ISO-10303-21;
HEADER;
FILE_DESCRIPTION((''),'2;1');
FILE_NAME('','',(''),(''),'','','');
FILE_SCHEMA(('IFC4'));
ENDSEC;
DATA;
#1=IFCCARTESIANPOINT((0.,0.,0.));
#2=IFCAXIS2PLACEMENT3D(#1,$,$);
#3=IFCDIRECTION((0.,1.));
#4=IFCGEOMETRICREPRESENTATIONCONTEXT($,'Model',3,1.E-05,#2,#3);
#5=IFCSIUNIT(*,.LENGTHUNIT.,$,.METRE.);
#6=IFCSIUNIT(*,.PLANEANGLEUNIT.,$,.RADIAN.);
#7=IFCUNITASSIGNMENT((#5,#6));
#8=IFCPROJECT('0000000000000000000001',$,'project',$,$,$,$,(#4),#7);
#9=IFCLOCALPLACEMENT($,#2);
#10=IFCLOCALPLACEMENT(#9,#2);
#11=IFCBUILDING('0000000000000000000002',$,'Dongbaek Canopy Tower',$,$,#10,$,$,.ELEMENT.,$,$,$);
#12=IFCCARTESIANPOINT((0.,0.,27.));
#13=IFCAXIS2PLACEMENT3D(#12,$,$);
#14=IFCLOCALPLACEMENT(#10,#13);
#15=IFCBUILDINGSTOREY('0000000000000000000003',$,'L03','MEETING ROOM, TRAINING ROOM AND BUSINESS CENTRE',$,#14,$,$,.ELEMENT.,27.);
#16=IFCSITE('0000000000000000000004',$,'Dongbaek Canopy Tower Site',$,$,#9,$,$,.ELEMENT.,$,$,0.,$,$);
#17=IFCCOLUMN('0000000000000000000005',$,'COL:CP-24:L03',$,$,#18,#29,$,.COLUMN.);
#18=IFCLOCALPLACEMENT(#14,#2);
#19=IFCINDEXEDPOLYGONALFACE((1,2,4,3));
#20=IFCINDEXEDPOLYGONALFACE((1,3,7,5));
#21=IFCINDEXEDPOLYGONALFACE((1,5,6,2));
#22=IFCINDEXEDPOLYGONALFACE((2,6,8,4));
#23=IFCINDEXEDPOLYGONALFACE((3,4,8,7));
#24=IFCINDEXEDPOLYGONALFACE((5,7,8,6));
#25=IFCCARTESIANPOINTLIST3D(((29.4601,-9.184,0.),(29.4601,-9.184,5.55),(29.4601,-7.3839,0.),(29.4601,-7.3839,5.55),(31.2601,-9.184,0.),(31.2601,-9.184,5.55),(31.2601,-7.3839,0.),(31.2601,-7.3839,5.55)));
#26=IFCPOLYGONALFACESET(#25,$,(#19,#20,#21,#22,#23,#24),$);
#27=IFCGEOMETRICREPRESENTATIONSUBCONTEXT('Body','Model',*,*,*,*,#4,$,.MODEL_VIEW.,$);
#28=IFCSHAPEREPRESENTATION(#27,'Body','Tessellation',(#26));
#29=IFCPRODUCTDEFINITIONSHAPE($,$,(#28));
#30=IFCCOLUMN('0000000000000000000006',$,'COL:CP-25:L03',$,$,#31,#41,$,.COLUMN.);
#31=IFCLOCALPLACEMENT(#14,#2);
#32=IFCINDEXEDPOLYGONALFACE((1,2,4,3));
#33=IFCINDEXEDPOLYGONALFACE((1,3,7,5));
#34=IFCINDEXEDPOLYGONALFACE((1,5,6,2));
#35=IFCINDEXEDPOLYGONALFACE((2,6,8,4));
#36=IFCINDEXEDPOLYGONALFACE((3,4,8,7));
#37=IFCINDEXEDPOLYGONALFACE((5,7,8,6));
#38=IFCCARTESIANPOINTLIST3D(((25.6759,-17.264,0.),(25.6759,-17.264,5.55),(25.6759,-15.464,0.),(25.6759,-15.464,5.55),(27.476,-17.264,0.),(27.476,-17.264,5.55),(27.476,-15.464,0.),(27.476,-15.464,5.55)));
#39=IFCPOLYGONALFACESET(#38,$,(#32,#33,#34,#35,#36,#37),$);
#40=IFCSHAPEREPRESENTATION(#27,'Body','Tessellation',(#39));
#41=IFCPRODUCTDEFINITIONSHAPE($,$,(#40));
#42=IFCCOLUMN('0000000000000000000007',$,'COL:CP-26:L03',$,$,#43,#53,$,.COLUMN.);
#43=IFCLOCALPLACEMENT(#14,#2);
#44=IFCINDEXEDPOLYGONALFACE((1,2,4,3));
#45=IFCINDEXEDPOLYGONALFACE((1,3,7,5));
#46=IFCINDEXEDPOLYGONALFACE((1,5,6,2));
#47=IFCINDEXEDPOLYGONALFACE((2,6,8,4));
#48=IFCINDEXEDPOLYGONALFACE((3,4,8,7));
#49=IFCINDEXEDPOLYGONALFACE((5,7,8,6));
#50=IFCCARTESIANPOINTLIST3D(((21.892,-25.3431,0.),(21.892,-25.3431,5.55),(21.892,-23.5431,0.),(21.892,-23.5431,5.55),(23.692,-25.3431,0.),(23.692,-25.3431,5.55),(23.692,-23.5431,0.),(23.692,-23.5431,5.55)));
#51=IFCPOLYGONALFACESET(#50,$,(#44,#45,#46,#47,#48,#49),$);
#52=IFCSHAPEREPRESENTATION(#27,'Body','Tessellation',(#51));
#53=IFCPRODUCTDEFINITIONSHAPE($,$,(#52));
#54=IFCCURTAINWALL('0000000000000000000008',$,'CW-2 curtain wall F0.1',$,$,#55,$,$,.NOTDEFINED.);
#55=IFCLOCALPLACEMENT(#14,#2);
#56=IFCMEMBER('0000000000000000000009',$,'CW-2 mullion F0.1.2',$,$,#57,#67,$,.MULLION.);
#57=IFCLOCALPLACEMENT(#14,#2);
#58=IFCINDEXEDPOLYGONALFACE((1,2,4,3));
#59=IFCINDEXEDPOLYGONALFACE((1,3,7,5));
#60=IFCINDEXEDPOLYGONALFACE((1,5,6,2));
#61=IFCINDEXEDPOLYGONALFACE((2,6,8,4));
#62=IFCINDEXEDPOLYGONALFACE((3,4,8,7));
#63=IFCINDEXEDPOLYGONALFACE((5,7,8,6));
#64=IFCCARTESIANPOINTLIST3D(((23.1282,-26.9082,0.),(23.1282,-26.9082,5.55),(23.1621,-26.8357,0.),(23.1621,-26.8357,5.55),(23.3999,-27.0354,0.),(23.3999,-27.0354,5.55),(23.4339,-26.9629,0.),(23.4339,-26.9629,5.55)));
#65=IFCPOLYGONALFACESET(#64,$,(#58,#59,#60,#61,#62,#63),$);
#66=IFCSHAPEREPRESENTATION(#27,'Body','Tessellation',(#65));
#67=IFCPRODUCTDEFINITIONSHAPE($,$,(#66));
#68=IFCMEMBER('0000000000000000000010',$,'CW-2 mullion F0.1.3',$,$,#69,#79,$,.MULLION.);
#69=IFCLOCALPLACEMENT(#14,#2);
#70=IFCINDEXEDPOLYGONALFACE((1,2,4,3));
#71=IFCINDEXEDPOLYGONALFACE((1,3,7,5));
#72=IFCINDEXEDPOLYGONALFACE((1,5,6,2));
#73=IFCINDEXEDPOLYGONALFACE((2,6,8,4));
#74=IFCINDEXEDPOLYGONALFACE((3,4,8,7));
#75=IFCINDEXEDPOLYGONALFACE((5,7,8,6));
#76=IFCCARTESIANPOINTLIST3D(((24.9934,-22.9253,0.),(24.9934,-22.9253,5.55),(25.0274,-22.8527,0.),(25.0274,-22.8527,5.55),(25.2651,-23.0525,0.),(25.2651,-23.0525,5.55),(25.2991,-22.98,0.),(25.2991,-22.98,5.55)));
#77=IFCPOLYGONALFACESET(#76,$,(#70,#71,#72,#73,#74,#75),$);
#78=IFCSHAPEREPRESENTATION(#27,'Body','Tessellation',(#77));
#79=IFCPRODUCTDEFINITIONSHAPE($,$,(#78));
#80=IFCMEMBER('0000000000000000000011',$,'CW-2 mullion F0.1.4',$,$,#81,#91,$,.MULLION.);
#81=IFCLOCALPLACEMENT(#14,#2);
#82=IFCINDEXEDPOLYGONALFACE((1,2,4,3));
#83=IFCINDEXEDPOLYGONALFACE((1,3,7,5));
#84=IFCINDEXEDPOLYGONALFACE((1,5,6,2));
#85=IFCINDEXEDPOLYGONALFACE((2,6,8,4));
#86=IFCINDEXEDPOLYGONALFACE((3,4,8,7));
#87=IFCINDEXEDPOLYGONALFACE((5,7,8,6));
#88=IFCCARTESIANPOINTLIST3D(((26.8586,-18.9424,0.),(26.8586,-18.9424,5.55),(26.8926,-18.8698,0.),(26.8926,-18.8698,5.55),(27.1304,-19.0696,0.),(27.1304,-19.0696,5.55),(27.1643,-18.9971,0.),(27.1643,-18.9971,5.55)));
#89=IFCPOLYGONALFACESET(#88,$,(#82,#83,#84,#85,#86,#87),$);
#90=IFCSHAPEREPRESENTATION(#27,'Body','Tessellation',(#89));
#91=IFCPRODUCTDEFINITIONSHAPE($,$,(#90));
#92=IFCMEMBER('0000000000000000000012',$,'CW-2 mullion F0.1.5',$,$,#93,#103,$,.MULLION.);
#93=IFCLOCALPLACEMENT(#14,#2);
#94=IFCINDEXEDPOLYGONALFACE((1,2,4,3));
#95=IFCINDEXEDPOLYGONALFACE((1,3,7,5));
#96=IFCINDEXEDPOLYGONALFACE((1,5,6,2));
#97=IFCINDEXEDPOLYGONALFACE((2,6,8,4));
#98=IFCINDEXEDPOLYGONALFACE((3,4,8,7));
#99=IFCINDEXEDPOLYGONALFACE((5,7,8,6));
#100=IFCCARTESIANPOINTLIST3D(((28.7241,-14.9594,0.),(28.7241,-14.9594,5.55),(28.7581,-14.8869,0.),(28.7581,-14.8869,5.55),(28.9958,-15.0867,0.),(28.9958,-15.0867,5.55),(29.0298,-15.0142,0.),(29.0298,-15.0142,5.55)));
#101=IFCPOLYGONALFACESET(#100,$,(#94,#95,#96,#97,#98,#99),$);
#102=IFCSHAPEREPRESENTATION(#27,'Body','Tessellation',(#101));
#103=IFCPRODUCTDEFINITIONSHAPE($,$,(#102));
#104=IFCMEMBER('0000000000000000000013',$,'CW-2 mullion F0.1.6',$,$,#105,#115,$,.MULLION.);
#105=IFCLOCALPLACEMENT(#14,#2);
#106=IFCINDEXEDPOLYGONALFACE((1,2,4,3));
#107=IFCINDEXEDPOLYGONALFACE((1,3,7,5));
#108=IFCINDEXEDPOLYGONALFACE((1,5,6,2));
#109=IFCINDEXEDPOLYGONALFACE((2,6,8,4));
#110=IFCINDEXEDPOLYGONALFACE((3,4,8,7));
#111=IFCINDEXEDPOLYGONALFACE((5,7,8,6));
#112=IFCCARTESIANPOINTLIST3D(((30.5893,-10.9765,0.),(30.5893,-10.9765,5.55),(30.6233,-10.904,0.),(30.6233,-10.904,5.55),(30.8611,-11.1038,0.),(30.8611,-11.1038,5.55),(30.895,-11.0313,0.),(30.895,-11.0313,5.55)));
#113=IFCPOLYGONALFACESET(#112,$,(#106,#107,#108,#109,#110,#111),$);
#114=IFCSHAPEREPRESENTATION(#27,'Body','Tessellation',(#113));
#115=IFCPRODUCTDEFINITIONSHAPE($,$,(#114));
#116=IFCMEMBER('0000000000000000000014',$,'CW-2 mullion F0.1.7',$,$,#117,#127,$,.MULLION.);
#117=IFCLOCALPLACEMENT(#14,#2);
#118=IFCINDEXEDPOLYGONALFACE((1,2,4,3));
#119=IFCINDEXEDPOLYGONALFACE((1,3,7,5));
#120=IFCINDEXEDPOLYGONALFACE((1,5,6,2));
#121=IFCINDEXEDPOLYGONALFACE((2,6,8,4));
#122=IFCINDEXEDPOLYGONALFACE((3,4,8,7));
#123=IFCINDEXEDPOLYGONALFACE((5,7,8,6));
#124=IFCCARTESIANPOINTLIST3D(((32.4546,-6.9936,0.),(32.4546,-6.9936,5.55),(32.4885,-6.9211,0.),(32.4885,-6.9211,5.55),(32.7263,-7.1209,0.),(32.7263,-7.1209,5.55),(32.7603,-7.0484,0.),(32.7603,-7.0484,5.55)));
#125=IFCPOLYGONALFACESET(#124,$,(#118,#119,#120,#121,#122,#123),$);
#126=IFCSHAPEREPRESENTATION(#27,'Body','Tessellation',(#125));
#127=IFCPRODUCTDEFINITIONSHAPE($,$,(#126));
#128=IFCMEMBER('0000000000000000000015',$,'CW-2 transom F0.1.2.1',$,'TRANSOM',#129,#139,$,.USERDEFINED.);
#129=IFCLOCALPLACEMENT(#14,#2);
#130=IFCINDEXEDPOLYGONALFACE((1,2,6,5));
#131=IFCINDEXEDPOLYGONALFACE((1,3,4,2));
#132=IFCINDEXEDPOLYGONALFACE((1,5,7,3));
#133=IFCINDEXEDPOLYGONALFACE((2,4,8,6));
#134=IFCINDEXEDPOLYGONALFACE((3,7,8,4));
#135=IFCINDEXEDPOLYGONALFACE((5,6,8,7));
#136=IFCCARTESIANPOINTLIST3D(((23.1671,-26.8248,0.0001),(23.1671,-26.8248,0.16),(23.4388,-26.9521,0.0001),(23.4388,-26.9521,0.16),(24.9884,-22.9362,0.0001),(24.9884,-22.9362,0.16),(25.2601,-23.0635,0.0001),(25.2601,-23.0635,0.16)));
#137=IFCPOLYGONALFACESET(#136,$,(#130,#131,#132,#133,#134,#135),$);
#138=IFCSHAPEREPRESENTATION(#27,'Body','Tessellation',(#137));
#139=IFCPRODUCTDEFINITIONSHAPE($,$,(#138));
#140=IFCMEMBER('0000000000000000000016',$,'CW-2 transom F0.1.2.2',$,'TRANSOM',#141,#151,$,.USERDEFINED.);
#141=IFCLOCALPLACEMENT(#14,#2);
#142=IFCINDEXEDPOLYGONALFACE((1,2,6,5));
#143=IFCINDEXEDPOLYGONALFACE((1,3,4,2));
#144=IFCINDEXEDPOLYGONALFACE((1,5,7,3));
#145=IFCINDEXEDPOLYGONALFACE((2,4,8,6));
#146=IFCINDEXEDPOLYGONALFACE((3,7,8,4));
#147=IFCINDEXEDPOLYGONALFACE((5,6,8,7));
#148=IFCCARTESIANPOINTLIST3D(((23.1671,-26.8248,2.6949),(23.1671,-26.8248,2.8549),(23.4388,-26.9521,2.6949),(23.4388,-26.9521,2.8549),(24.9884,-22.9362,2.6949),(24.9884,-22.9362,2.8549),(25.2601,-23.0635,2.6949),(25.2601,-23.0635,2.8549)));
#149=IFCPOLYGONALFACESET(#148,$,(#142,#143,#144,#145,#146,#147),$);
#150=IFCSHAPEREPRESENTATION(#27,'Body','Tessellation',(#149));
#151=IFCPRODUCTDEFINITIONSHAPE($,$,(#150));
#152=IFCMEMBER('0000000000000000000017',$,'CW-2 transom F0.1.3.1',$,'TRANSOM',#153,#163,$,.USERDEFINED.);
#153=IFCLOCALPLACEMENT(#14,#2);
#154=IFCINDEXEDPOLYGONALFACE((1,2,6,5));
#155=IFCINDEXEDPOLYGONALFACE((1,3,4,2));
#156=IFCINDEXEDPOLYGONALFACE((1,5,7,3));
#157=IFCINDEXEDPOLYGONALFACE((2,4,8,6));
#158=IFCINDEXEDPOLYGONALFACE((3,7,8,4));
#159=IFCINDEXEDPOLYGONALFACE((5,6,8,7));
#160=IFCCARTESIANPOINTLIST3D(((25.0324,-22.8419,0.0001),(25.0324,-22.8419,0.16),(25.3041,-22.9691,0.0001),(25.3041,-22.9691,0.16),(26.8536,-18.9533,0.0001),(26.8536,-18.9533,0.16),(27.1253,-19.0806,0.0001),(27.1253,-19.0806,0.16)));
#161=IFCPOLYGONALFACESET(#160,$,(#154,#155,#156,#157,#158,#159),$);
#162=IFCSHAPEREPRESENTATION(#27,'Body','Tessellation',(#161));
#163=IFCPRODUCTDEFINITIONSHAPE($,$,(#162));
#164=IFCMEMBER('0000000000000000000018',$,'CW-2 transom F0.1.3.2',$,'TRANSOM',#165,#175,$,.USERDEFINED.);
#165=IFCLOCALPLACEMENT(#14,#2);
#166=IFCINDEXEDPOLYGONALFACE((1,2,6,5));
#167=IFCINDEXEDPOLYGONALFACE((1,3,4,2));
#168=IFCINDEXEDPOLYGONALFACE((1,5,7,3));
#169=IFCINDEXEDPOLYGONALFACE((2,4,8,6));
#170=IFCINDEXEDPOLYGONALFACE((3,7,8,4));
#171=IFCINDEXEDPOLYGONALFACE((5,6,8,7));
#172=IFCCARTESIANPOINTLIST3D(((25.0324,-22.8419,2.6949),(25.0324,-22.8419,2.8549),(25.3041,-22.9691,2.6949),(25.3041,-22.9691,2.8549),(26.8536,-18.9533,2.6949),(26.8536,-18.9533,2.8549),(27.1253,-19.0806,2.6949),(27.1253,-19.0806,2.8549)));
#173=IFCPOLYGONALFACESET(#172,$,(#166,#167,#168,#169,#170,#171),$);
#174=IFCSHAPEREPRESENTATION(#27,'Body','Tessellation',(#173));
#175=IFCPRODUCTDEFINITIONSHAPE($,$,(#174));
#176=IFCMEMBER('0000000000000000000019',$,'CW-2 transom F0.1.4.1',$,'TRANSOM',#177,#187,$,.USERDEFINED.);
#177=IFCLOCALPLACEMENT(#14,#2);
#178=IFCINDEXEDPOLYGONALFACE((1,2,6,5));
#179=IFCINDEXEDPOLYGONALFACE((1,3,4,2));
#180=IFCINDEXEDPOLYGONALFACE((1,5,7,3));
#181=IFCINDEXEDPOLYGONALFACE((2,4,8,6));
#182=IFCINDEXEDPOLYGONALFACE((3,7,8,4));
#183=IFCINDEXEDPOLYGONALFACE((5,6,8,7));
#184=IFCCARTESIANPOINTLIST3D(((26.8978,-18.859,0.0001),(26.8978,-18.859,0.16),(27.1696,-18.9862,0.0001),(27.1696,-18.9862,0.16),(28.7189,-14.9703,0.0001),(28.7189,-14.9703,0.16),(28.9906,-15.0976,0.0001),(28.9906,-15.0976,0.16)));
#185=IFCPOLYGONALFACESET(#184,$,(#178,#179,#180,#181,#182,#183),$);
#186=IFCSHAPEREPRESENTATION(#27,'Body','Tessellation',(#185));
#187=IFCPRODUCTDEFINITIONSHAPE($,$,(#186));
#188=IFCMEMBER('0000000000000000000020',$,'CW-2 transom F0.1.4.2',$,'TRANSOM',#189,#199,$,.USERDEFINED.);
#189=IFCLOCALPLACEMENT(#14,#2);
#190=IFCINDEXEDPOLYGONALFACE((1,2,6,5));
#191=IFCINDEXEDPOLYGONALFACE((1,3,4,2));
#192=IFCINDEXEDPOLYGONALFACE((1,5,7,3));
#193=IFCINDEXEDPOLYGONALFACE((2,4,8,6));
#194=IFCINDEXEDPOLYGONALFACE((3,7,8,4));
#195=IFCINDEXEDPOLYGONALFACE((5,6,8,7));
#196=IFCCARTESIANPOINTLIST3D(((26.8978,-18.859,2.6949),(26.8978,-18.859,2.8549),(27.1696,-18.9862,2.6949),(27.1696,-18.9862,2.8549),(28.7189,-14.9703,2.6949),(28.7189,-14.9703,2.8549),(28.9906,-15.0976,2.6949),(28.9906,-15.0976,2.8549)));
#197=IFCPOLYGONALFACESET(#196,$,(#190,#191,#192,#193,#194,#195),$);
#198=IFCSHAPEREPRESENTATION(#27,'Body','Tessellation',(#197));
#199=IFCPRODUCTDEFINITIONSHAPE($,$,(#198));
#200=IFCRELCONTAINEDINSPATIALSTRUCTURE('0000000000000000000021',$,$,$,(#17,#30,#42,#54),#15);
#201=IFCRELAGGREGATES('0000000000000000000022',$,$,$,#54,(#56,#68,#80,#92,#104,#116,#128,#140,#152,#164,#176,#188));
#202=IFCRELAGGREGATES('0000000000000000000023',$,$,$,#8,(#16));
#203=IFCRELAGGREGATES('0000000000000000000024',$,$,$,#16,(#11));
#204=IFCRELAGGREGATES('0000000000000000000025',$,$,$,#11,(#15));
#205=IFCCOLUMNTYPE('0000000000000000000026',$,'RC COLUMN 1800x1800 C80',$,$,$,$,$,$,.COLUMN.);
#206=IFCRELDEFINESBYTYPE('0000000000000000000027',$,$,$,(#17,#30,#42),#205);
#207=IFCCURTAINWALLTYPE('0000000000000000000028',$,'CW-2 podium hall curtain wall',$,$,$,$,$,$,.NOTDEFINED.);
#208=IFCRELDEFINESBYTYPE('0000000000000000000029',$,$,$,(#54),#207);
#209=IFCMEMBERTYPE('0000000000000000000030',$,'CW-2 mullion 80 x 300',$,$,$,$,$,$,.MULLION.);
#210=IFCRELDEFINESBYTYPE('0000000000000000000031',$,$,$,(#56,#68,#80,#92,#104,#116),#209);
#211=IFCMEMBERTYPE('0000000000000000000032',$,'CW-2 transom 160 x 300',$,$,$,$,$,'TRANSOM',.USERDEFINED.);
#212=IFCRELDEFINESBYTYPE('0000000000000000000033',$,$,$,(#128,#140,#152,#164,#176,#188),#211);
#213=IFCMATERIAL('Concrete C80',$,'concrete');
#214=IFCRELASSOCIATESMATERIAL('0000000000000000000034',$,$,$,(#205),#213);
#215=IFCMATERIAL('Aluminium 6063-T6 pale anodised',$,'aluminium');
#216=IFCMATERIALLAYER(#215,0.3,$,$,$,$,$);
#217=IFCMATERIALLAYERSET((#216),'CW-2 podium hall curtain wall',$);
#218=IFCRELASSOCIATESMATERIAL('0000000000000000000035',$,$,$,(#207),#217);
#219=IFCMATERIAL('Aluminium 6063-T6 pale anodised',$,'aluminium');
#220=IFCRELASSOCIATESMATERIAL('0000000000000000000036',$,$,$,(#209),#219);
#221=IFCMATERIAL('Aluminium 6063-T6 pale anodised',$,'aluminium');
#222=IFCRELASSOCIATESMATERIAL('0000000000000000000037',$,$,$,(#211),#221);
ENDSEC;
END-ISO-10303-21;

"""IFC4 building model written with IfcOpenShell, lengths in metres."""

from ifc_helpers import new_model, si_unit, direction, frame, origin, origin_2d, place, context, subcontext, project, spatial, rectangle, extrude, material, layer, layer_set, material_profile, profile_set, type_object, element, aggregate, save


model = new_model("IFC4")

# Units and contexts
model_context = context("Model", 3, precision=1e-05, world=origin(), true_north=direction((0.0, 1.0)))
body_context = subcontext(model_context, "Body", "Model", "MODEL_VIEW")
ifc_project = project(units=[si_unit("LENGTHUNIT", "METRE"), si_unit("PLANEANGLEUNIT", "RADIAN")], contexts=[model_context])

# Site, building, storey
site_placement = place(None, origin())
site = spatial("IfcSite", under=ifc_project, at=site_placement, Name="Dongbaek Canopy Tower Site", CompositionType="ELEMENT", RefElevation=0.0)
building_placement = place(site_placement, origin())
building = spatial("IfcBuilding", under=site, at=building_placement, Name="Dongbaek Canopy Tower", CompositionType="ELEMENT")
storey_placement = place(building_placement, frame((0.0, 0.0, 27.0)))
storey = spatial("IfcBuildingStorey", under=building, at=storey_placement, Name="L03", Description="MEETING ROOM, TRAINING ROOM AND BUSINESS CENTRE", CompositionType="ELEMENT", Elevation=27.0)

# Columns
ifc_material_1 = material(Name="Concrete C80", Category="concrete")
ifc_material_profile_1 = material_profile(ifc_material_1, rectangle(XDim=1.8, YDim=1.8, at=origin_2d()), Name="RC COLUMN 1800x1800 C80")
ifc_profile_set_1 = profile_set([ifc_material_profile_1], Name="Concrete C80")
column_type = type_object("IfcColumnType", Name="RC COLUMN 1800x1800 C80", PredefinedType="COLUMN", material=ifc_profile_set_1)
for number, where, z_axis, x_axis, name in (
    (1, (30.3601, -8.2839, 0.0), (0.0, 0.0, 1.0), (1.0, 0.0, 0.0), "COL:CP-24:L03"),
    (2, (26.5759, -16.364, 0.0), (0.0, 0.0, 1.0), (1.0, 0.0, 0.0), "COL:CP-25:L03"),
    (3, (22.792, -24.4431, 0.0), (0.0, 0.0, 1.0), (1.0, 0.0, 0.0), "COL:CP-26:L03"),
):
    element("IfcColumn", number, at=place(storey_placement, frame(where, z_axis=z_axis, x_axis=x_axis)), inside=storey, type_object=column_type, Name=name, PredefinedType="COLUMN", context=body_context, shape_type="SweptSolid", body=[
        extrude(rectangle(XDim=1.8, YDim=1.8, at=origin_2d()), origin(), (0.0, 0.0, 1.0), 5.55),
    ])

# Curtain wall, members
ifc_material_2 = material(Name="Aluminium 6063-T6 pale anodised", Category="aluminium")
ifc_layer_1 = layer(ifc_material_2, 0.3)
ifc_layer_set_1 = layer_set([ifc_layer_1], Name="CW-2 podium hall curtain wall")
curtain_wall_type = type_object("IfcCurtainWallType", Name="CW-2 podium hall curtain wall", PredefinedType="NOTDEFINED", material=ifc_layer_set_1)
curtain_wall_placement = place(storey_placement, origin())
curtain_wall = element("IfcCurtainWall", 4, at=curtain_wall_placement, inside=storey, type_object=curtain_wall_type, Name="CW-2 curtain wall F0.1", PredefinedType="NOTDEFINED")
ifc_material_3 = material(Name="Aluminium 6063-T6 pale anodised", Category="aluminium")
ifc_material_profile_2 = material_profile(ifc_material_3, rectangle(XDim=0.3, YDim=0.0801, at=origin_2d()), Name="CW-2 mullion 80 x 300")
ifc_profile_set_2 = profile_set([ifc_material_profile_2], Name="Aluminium 6063-T6 pale anodised")
member_type_1 = type_object("IfcMemberType", Name="CW-2 mullion 80 x 300", PredefinedType="MULLION", material=ifc_profile_set_2)
member_1_placement = place(storey_placement, frame((23.281, -26.9355, 0.0), z_axis=(0.0, 0.0, 1.0), x_axis=(0.905605, -0.424123, 0.0)))
member_1 = element("IfcMember", 5, at=member_1_placement, type_object=member_type_1, Name="CW-2 mullion F0.1.2", PredefinedType="MULLION", context=body_context, shape_type="SweptSolid", body=[
    extrude(rectangle(XDim=0.3, YDim=0.0801, at=origin_2d()), origin(), (0.0, 0.0, 1.0), 5.55),
])
member_2_placement = place(storey_placement, frame((25.1462, -22.9526, 0.0), z_axis=(0.0, 0.0, 1.0), x_axis=(0.905605, -0.424123, 0.0)))
member_2 = element("IfcMember", 6, at=member_2_placement, type_object=member_type_1, Name="CW-2 mullion F0.1.3", PredefinedType="MULLION", context=body_context, shape_type="SweptSolid", body=[
    extrude(rectangle(XDim=0.3, YDim=0.0801, at=origin_2d()), origin(), (0.0, 0.0, 1.0), 5.55),
])
member_3_placement = place(storey_placement, frame((27.0115, -18.9697, 0.0), z_axis=(0.0, 0.0, 1.0), x_axis=(0.905605, -0.424123, 0.0)))
member_3 = element("IfcMember", 7, at=member_3_placement, type_object=member_type_1, Name="CW-2 mullion F0.1.4", PredefinedType="MULLION", context=body_context, shape_type="SweptSolid", body=[
    extrude(rectangle(XDim=0.3, YDim=0.0801, at=origin_2d()), origin(), (0.0, 0.0, 1.0), 5.55),
])
member_4_placement = place(storey_placement, frame((28.877, -14.9868, 0.0), z_axis=(0.0, 0.0, 1.0), x_axis=(0.905605, -0.424123, 0.0)))
member_4 = element("IfcMember", 8, at=member_4_placement, type_object=member_type_1, Name="CW-2 mullion F0.1.5", PredefinedType="MULLION", context=body_context, shape_type="SweptSolid", body=[
    extrude(rectangle(XDim=0.3, YDim=0.0801, at=origin_2d()), origin(), (0.0, 0.0, 1.0), 5.55),
])
member_5_placement = place(storey_placement, frame((30.7422, -11.0039, 0.0), z_axis=(0.0, 0.0, 1.0), x_axis=(0.905605, -0.424123, 0.0)))
member_5 = element("IfcMember", 9, at=member_5_placement, type_object=member_type_1, Name="CW-2 mullion F0.1.6", PredefinedType="MULLION", context=body_context, shape_type="SweptSolid", body=[
    extrude(rectangle(XDim=0.3, YDim=0.0801, at=origin_2d()), origin(), (0.0, 0.0, 1.0), 5.55),
])
member_6_placement = place(storey_placement, frame((32.6074, -7.021, 0.0), z_axis=(0.0, 0.0, 1.0), x_axis=(0.905605, -0.424123, 0.0)))
member_6 = element("IfcMember", 10, at=member_6_placement, type_object=member_type_1, Name="CW-2 mullion F0.1.7", PredefinedType="MULLION", context=body_context, shape_type="SweptSolid", body=[
    extrude(rectangle(XDim=0.3, YDim=0.0801, at=origin_2d()), origin(), (0.0, 0.0, 1.0), 5.55),
])
ifc_material_4 = material(Name="Aluminium 6063-T6 pale anodised", Category="aluminium")
ifc_material_profile_3 = material_profile(ifc_material_4, rectangle(XDim=0.3, YDim=0.1599, at=origin_2d()), Name="CW-2 transom 160 x 300")
ifc_profile_set_3 = profile_set([ifc_material_profile_3], Name="Aluminium 6063-T6 pale anodised")
member_type_2 = type_object("IfcMemberType", Name="CW-2 transom 160 x 300", ElementType="TRANSOM", PredefinedType="USERDEFINED", material=ifc_profile_set_3)
member_7_placement = place(storey_placement, frame((23.303, -26.8884, 0.0801), z_axis=(0.424143, 0.905595, 0.0), x_axis=(-0.905595, 0.424143, 0.0)))
member_7 = element("IfcMember", 11, at=member_7_placement, type_object=member_type_2, Name="CW-2 transom F0.1.2.1", ObjectType="TRANSOM", PredefinedType="USERDEFINED", context=body_context, shape_type="SweptSolid", body=[
    extrude(rectangle(XDim=0.3, YDim=0.1599, at=origin_2d()), origin(), (0.0, 0.0, 1.0), 4.2939),
])
member_8_placement = place(storey_placement, frame((23.303, -26.8884, 2.7749), z_axis=(0.424143, 0.905595, 0.0), x_axis=(-0.905595, 0.424143, 0.0)))
member_8 = element("IfcMember", 12, at=member_8_placement, type_object=member_type_2, Name="CW-2 transom F0.1.2.2", ObjectType="TRANSOM", PredefinedType="USERDEFINED", context=body_context, shape_type="SweptSolid", body=[
    extrude(rectangle(XDim=0.3, YDim=0.1599, at=origin_2d()), origin(), (0.0, 0.0, 1.0), 4.2939),
])
member_9_placement = place(storey_placement, frame((25.1682, -22.9055, 0.0801), z_axis=(0.424143, 0.905595, 0.0), x_axis=(-0.905595, 0.424143, 0.0)))
member_9 = element("IfcMember", 13, at=member_9_placement, type_object=member_type_2, Name="CW-2 transom F0.1.3.1", ObjectType="TRANSOM", PredefinedType="USERDEFINED", context=body_context, shape_type="SweptSolid", body=[
    extrude(rectangle(XDim=0.3, YDim=0.1599, at=origin_2d()), origin(), (0.0, 0.0, 1.0), 4.2939),
])
member_10_placement = place(storey_placement, frame((25.1682, -22.9055, 2.7749), z_axis=(0.424143, 0.905595, 0.0), x_axis=(-0.905595, 0.424143, 0.0)))
member_10 = element("IfcMember", 14, at=member_10_placement, type_object=member_type_2, Name="CW-2 transom F0.1.3.2", ObjectType="TRANSOM", PredefinedType="USERDEFINED", context=body_context, shape_type="SweptSolid", body=[
    extrude(rectangle(XDim=0.3, YDim=0.1599, at=origin_2d()), origin(), (0.0, 0.0, 1.0), 4.2939),
])
member_11_placement = place(storey_placement, frame((27.0337, -18.9226, 0.0801), z_axis=(0.424096, 0.905617, 0.0), x_axis=(-0.905617, 0.424096, 0.0)))
member_11 = element("IfcMember", 15, at=member_11_placement, type_object=member_type_2, Name="CW-2 transom F0.1.4.1", ObjectType="TRANSOM", PredefinedType="USERDEFINED", context=body_context, shape_type="SweptSolid", body=[
    extrude(rectangle(XDim=0.3, YDim=0.1599, at=origin_2d()), origin(), (0.0, 0.0, 1.0), 4.2939),
])
member_12_placement = place(storey_placement, frame((27.0337, -18.9226, 2.7749), z_axis=(0.424096, 0.905617, 0.0), x_axis=(-0.905617, 0.424096, 0.0)))
member_12 = element("IfcMember", 16, at=member_12_placement, type_object=member_type_2, Name="CW-2 transom F0.1.4.2", ObjectType="TRANSOM", PredefinedType="USERDEFINED", context=body_context, shape_type="SweptSolid", body=[
    extrude(rectangle(XDim=0.3, YDim=0.1599, at=origin_2d()), origin(), (0.0, 0.0, 1.0), 4.2939),
])
aggregate(curtain_wall, [member_1, member_2, member_3, member_4, member_5, member_6, member_7, member_8, member_9, member_10, member_11, member_12])

save(model, "model.ifc")
